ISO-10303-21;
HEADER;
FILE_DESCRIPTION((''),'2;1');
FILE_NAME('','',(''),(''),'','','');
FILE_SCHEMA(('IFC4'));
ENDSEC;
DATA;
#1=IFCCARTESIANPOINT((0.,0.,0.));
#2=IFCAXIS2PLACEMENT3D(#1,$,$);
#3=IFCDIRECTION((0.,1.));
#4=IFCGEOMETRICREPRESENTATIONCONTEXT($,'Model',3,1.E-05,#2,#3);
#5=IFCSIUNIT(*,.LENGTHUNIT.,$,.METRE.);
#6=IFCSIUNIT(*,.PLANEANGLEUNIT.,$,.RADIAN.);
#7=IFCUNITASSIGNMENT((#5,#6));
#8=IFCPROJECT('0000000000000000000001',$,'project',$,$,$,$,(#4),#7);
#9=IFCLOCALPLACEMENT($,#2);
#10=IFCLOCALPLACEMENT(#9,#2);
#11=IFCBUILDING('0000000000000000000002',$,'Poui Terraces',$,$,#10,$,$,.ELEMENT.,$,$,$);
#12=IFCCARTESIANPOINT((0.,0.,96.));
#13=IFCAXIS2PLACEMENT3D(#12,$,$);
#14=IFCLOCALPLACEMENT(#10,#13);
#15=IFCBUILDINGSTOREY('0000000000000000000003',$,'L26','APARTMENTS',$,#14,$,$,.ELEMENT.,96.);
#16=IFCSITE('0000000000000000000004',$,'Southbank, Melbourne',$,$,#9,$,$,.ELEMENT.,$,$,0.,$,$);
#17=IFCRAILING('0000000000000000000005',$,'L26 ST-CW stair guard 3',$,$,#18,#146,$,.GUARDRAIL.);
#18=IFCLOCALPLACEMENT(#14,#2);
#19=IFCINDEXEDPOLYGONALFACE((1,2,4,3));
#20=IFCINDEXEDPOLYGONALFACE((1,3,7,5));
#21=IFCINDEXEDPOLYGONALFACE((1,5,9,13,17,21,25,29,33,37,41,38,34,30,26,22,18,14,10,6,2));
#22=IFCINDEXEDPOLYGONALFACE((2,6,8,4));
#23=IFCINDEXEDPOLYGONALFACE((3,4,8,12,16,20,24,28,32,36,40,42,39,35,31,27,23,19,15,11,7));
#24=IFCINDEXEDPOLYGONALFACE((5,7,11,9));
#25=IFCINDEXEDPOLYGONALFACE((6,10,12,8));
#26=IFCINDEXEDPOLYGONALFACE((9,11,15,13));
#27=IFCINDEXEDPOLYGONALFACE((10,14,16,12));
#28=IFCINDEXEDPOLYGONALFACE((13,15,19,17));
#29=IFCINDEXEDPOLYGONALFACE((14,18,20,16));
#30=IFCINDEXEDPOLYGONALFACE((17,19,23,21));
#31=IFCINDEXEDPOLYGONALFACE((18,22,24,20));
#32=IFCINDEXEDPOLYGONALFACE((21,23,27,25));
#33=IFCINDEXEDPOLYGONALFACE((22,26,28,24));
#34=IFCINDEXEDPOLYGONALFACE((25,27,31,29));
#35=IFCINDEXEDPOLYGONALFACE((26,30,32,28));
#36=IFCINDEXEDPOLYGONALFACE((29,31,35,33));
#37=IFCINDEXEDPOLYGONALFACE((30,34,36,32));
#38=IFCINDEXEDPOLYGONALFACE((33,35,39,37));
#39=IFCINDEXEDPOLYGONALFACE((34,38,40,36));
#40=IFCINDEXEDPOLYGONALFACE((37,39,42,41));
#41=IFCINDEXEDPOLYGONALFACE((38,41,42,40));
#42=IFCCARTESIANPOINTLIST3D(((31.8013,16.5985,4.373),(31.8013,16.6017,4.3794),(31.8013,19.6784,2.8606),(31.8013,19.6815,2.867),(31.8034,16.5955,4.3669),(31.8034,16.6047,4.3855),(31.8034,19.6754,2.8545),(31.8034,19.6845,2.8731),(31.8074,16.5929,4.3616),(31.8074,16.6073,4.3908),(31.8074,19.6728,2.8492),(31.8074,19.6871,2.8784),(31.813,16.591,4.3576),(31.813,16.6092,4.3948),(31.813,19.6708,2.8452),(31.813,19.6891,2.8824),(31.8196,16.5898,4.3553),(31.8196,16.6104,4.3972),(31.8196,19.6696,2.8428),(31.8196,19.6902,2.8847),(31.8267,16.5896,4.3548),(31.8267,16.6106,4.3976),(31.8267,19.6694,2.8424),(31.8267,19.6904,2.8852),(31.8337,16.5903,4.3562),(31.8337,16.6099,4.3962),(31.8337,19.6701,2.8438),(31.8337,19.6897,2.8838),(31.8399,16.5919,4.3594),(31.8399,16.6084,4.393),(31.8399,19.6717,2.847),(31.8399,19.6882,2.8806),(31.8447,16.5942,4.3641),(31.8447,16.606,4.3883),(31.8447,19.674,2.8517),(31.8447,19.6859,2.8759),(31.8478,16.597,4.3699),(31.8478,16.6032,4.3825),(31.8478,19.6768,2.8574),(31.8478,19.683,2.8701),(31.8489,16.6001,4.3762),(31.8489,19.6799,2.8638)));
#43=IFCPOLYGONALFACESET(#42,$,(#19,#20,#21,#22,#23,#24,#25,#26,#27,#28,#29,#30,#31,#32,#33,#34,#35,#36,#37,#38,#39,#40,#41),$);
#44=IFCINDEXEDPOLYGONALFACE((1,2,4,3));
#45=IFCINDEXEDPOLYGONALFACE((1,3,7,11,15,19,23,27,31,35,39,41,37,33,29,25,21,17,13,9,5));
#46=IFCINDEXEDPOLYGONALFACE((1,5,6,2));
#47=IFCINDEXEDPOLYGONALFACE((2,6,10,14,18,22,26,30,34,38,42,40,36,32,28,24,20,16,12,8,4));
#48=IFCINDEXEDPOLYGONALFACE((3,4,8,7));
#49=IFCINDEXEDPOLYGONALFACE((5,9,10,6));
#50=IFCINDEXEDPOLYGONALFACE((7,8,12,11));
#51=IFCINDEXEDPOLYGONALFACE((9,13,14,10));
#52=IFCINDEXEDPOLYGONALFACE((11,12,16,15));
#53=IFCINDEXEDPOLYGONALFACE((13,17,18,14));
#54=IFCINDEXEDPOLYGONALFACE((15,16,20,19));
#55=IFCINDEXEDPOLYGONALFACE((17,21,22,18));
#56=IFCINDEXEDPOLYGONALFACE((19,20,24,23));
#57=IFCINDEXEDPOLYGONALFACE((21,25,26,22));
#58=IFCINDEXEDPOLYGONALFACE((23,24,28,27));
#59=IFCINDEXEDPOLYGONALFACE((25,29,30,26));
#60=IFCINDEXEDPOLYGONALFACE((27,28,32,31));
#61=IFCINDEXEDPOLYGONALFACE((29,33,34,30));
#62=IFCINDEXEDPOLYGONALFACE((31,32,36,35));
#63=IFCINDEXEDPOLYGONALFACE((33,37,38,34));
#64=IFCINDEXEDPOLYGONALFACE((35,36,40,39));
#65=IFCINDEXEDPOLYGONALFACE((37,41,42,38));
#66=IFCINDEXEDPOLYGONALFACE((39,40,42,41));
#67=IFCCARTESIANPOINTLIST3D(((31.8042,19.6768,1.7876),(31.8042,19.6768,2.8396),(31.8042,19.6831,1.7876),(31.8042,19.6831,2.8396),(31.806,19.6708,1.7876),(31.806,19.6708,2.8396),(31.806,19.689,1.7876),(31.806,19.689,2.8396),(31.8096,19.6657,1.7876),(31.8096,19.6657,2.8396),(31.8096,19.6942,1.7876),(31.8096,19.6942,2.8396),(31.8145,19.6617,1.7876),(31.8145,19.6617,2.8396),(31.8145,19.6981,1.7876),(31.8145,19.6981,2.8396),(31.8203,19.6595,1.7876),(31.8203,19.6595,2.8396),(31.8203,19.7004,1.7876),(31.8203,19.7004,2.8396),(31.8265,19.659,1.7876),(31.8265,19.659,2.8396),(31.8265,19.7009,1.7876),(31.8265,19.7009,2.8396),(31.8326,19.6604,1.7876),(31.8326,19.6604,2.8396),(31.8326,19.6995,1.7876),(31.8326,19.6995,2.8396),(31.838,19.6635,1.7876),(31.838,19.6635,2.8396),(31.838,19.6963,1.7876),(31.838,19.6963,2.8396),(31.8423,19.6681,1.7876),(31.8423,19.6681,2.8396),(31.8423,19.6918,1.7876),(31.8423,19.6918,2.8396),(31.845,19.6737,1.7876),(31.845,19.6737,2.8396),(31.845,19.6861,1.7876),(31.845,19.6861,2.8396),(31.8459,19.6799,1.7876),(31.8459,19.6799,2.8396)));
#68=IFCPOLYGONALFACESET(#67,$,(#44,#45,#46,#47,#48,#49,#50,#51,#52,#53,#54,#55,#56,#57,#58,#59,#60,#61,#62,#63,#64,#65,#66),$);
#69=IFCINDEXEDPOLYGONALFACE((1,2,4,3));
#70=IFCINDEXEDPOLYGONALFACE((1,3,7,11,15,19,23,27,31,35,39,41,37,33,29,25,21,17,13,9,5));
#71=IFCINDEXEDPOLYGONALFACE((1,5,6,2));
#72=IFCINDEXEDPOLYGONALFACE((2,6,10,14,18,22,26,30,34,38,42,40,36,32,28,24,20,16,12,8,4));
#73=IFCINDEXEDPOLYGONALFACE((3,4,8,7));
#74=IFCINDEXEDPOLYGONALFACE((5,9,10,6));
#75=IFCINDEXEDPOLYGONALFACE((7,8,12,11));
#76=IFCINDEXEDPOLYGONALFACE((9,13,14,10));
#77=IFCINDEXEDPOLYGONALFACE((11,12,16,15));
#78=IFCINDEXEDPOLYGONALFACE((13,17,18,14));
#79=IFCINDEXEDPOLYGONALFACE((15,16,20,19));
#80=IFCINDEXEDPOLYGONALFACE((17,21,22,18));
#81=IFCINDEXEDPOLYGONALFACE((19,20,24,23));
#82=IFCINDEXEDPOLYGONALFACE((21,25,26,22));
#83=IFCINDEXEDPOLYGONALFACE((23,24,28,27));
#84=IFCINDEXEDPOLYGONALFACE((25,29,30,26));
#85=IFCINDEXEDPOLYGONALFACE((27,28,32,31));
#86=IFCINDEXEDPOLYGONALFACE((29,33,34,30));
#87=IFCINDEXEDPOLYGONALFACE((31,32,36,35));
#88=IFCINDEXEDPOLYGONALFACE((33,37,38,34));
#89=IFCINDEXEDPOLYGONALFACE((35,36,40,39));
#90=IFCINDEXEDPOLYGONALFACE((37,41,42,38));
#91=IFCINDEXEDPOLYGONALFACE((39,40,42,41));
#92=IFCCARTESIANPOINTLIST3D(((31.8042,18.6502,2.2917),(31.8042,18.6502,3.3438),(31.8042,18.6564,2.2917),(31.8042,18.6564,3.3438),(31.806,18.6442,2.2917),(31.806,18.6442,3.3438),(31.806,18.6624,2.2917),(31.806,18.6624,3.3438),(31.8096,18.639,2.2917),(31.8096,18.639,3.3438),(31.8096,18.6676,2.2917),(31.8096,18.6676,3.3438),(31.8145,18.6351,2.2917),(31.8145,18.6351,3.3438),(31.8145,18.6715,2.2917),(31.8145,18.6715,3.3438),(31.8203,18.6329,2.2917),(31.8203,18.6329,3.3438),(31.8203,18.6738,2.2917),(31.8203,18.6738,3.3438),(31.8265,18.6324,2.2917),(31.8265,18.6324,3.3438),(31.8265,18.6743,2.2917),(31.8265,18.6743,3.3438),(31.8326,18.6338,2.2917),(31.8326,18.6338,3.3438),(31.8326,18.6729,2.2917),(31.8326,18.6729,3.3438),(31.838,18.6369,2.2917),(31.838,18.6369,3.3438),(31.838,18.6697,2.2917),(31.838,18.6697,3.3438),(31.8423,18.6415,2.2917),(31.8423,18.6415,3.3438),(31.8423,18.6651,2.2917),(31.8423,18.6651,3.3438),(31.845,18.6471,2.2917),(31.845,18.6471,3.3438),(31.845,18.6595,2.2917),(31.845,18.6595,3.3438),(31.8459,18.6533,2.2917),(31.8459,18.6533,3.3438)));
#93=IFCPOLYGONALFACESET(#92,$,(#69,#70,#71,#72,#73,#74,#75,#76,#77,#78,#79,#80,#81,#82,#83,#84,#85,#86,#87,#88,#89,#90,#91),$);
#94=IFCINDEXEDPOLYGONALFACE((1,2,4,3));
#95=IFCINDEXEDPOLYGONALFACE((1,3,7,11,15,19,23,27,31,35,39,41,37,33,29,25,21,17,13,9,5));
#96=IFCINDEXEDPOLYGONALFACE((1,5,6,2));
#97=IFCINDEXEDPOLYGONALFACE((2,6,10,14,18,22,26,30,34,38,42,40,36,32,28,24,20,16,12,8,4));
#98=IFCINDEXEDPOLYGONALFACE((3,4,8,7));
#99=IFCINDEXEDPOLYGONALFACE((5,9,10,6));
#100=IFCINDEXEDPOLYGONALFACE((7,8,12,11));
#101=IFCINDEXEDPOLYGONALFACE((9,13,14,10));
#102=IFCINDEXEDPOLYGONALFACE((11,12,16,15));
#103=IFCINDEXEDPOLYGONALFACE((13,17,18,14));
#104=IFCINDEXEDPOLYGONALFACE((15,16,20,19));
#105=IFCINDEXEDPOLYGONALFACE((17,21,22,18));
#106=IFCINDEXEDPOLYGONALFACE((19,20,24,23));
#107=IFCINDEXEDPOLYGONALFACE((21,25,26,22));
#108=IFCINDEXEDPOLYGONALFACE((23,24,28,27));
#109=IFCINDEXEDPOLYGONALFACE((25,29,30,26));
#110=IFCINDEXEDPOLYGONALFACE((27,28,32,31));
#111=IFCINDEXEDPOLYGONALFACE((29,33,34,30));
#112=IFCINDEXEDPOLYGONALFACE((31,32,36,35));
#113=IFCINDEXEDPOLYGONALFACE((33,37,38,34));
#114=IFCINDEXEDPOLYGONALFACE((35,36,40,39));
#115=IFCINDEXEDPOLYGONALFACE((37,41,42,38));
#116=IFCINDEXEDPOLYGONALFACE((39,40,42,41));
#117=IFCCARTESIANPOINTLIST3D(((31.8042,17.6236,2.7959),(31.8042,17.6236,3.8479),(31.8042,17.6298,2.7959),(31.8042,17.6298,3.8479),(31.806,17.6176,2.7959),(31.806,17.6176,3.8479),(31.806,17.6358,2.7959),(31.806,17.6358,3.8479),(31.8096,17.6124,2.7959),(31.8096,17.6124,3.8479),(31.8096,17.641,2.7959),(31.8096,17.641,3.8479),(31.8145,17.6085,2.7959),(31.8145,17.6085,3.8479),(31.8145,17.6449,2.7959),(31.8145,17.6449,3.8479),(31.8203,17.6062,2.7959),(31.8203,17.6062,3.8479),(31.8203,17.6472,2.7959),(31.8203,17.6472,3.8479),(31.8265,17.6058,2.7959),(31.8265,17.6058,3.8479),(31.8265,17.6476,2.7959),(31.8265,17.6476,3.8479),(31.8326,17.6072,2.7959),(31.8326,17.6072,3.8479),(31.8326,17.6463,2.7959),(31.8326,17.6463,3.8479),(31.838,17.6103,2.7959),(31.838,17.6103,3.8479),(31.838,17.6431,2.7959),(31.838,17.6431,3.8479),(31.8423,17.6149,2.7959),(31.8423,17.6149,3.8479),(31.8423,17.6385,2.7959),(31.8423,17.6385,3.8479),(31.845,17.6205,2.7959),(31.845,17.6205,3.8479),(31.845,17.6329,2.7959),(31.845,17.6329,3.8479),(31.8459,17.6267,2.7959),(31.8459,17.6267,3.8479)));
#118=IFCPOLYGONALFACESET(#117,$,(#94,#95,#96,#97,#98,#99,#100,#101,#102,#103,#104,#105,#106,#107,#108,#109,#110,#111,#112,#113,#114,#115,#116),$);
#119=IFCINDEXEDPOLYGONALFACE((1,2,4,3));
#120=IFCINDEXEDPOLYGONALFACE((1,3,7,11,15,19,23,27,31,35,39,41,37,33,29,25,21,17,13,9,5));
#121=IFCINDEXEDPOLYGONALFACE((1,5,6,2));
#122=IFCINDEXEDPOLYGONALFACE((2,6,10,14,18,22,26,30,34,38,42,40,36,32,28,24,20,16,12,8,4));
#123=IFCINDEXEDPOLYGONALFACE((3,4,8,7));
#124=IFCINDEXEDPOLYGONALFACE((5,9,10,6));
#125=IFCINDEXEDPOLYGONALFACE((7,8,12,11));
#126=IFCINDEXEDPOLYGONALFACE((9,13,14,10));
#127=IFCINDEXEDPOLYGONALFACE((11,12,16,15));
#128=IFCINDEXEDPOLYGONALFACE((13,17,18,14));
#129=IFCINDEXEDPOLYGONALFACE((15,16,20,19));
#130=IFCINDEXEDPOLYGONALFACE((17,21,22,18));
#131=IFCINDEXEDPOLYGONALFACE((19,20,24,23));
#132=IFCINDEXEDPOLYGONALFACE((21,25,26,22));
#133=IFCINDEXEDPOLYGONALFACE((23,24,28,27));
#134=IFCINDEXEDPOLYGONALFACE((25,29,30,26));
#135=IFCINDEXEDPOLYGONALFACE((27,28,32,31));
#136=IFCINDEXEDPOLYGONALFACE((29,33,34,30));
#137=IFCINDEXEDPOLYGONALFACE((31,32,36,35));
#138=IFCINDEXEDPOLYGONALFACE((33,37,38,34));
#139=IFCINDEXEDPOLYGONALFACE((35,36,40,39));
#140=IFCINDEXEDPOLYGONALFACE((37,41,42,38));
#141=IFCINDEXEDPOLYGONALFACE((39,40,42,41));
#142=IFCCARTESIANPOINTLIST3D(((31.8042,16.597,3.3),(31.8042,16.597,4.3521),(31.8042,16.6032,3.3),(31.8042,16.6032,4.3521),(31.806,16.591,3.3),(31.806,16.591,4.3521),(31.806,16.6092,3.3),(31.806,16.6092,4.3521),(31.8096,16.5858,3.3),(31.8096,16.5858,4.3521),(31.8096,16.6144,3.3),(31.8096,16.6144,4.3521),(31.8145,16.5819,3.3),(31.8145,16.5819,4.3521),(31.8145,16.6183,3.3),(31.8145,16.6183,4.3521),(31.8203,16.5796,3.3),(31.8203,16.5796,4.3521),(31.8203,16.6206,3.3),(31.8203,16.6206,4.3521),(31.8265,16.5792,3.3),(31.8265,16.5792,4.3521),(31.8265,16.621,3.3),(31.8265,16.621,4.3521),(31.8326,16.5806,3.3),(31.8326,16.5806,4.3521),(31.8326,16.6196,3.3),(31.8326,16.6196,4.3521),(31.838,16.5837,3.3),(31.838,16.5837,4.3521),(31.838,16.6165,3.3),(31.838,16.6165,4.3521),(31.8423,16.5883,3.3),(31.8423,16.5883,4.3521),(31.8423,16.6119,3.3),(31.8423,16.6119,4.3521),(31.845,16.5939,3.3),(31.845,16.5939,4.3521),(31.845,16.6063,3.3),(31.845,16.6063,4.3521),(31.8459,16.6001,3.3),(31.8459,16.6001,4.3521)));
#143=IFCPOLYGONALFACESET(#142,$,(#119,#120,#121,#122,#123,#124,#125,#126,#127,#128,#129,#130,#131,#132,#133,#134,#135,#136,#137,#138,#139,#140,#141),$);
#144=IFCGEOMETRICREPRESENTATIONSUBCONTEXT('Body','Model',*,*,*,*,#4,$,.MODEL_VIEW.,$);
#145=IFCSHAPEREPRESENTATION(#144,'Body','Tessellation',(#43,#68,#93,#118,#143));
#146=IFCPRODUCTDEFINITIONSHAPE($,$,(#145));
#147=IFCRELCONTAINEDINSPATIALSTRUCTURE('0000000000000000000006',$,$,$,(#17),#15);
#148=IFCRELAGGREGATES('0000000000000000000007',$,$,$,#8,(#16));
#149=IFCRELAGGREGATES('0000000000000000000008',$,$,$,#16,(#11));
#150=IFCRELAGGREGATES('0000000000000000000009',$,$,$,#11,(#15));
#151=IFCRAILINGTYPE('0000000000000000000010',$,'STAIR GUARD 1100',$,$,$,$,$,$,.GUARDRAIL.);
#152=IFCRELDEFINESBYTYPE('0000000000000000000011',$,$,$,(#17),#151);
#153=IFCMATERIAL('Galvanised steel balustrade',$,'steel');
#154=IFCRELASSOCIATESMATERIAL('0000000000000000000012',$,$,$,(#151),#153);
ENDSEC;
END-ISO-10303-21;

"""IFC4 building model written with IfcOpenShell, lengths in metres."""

from ifc_helpers import new_model, si_unit, direction, frame, origin, origin_2d, place, context, subcontext, project, spatial, circle, extrude, material, type_object, element, save


model = new_model("IFC4")

# Units and contexts
model_context = context("Model", 3, precision=1e-05, world=origin(), true_north=direction((0.0, 1.0)))
body_context = subcontext(model_context, "Body", "Model", "MODEL_VIEW")
ifc_project = project(units=[si_unit("LENGTHUNIT", "METRE"), si_unit("PLANEANGLEUNIT", "RADIAN")], contexts=[model_context])

# Site, building, storey
site_placement = place(None, origin())
site = spatial("IfcSite", under=ifc_project, at=site_placement, Name="Southbank, Melbourne", CompositionType="ELEMENT", RefElevation=0.0)
building_placement = place(site_placement, origin())
building = spatial("IfcBuilding", under=site, at=building_placement, Name="Poui Terraces", CompositionType="ELEMENT")
storey_placement = place(building_placement, frame((0.0, 0.0, 96.0)))
storey = spatial("IfcBuildingStorey", under=building, at=storey_placement, Name="L26", Description="APARTMENTS", CompositionType="ELEMENT", Elevation=96.0)

# Railing
ifc_material_1 = material(Name="Galvanised steel balustrade", Category="steel")
railing_type_1 = type_object("IfcRailingType", Name="STAIR GUARD 1100", PredefinedType="GUARDRAIL", material=ifc_material_1)
railing_1_placement = place(storey_placement, frame((31.825, 19.6799, 1.7876)))
element("IfcRailing", 1, at=railing_1_placement, inside=storey, type_object=railing_type_1, Name="L26 ST-CW stair guard 3", PredefinedType="GUARDRAIL", context=body_context, shape_type="SweptSolid", body=[
    extrude(circle(Radius=0.0239, at=origin_2d()), frame((0.0, 0.0, 1.0762), z_axis=(0.0, -0.897606, 0.440798), x_axis=(1.0, 0.0, 0.0)), (0.0, 0.0, 1.0), 3.4312),
    extrude(circle(Radius=0.021, at=origin_2d()), origin(), (0.0, 0.0, 1.0), 1.052),
    extrude(circle(Radius=0.021, at=origin_2d()), frame((0.0, -1.0266, 0.5042)), (0.0, 0.0, 1.0), 1.052),
    extrude(circle(Radius=0.021, at=origin_2d()), frame((0.0, -2.0532, 1.0083)), (0.0, 0.0, 1.0), 1.052),
    extrude(circle(Radius=0.021, at=origin_2d()), frame((0.0, -3.0798, 1.5125)), (0.0, 0.0, 1.0), 1.052),
])

save(model, "model.ifc")
